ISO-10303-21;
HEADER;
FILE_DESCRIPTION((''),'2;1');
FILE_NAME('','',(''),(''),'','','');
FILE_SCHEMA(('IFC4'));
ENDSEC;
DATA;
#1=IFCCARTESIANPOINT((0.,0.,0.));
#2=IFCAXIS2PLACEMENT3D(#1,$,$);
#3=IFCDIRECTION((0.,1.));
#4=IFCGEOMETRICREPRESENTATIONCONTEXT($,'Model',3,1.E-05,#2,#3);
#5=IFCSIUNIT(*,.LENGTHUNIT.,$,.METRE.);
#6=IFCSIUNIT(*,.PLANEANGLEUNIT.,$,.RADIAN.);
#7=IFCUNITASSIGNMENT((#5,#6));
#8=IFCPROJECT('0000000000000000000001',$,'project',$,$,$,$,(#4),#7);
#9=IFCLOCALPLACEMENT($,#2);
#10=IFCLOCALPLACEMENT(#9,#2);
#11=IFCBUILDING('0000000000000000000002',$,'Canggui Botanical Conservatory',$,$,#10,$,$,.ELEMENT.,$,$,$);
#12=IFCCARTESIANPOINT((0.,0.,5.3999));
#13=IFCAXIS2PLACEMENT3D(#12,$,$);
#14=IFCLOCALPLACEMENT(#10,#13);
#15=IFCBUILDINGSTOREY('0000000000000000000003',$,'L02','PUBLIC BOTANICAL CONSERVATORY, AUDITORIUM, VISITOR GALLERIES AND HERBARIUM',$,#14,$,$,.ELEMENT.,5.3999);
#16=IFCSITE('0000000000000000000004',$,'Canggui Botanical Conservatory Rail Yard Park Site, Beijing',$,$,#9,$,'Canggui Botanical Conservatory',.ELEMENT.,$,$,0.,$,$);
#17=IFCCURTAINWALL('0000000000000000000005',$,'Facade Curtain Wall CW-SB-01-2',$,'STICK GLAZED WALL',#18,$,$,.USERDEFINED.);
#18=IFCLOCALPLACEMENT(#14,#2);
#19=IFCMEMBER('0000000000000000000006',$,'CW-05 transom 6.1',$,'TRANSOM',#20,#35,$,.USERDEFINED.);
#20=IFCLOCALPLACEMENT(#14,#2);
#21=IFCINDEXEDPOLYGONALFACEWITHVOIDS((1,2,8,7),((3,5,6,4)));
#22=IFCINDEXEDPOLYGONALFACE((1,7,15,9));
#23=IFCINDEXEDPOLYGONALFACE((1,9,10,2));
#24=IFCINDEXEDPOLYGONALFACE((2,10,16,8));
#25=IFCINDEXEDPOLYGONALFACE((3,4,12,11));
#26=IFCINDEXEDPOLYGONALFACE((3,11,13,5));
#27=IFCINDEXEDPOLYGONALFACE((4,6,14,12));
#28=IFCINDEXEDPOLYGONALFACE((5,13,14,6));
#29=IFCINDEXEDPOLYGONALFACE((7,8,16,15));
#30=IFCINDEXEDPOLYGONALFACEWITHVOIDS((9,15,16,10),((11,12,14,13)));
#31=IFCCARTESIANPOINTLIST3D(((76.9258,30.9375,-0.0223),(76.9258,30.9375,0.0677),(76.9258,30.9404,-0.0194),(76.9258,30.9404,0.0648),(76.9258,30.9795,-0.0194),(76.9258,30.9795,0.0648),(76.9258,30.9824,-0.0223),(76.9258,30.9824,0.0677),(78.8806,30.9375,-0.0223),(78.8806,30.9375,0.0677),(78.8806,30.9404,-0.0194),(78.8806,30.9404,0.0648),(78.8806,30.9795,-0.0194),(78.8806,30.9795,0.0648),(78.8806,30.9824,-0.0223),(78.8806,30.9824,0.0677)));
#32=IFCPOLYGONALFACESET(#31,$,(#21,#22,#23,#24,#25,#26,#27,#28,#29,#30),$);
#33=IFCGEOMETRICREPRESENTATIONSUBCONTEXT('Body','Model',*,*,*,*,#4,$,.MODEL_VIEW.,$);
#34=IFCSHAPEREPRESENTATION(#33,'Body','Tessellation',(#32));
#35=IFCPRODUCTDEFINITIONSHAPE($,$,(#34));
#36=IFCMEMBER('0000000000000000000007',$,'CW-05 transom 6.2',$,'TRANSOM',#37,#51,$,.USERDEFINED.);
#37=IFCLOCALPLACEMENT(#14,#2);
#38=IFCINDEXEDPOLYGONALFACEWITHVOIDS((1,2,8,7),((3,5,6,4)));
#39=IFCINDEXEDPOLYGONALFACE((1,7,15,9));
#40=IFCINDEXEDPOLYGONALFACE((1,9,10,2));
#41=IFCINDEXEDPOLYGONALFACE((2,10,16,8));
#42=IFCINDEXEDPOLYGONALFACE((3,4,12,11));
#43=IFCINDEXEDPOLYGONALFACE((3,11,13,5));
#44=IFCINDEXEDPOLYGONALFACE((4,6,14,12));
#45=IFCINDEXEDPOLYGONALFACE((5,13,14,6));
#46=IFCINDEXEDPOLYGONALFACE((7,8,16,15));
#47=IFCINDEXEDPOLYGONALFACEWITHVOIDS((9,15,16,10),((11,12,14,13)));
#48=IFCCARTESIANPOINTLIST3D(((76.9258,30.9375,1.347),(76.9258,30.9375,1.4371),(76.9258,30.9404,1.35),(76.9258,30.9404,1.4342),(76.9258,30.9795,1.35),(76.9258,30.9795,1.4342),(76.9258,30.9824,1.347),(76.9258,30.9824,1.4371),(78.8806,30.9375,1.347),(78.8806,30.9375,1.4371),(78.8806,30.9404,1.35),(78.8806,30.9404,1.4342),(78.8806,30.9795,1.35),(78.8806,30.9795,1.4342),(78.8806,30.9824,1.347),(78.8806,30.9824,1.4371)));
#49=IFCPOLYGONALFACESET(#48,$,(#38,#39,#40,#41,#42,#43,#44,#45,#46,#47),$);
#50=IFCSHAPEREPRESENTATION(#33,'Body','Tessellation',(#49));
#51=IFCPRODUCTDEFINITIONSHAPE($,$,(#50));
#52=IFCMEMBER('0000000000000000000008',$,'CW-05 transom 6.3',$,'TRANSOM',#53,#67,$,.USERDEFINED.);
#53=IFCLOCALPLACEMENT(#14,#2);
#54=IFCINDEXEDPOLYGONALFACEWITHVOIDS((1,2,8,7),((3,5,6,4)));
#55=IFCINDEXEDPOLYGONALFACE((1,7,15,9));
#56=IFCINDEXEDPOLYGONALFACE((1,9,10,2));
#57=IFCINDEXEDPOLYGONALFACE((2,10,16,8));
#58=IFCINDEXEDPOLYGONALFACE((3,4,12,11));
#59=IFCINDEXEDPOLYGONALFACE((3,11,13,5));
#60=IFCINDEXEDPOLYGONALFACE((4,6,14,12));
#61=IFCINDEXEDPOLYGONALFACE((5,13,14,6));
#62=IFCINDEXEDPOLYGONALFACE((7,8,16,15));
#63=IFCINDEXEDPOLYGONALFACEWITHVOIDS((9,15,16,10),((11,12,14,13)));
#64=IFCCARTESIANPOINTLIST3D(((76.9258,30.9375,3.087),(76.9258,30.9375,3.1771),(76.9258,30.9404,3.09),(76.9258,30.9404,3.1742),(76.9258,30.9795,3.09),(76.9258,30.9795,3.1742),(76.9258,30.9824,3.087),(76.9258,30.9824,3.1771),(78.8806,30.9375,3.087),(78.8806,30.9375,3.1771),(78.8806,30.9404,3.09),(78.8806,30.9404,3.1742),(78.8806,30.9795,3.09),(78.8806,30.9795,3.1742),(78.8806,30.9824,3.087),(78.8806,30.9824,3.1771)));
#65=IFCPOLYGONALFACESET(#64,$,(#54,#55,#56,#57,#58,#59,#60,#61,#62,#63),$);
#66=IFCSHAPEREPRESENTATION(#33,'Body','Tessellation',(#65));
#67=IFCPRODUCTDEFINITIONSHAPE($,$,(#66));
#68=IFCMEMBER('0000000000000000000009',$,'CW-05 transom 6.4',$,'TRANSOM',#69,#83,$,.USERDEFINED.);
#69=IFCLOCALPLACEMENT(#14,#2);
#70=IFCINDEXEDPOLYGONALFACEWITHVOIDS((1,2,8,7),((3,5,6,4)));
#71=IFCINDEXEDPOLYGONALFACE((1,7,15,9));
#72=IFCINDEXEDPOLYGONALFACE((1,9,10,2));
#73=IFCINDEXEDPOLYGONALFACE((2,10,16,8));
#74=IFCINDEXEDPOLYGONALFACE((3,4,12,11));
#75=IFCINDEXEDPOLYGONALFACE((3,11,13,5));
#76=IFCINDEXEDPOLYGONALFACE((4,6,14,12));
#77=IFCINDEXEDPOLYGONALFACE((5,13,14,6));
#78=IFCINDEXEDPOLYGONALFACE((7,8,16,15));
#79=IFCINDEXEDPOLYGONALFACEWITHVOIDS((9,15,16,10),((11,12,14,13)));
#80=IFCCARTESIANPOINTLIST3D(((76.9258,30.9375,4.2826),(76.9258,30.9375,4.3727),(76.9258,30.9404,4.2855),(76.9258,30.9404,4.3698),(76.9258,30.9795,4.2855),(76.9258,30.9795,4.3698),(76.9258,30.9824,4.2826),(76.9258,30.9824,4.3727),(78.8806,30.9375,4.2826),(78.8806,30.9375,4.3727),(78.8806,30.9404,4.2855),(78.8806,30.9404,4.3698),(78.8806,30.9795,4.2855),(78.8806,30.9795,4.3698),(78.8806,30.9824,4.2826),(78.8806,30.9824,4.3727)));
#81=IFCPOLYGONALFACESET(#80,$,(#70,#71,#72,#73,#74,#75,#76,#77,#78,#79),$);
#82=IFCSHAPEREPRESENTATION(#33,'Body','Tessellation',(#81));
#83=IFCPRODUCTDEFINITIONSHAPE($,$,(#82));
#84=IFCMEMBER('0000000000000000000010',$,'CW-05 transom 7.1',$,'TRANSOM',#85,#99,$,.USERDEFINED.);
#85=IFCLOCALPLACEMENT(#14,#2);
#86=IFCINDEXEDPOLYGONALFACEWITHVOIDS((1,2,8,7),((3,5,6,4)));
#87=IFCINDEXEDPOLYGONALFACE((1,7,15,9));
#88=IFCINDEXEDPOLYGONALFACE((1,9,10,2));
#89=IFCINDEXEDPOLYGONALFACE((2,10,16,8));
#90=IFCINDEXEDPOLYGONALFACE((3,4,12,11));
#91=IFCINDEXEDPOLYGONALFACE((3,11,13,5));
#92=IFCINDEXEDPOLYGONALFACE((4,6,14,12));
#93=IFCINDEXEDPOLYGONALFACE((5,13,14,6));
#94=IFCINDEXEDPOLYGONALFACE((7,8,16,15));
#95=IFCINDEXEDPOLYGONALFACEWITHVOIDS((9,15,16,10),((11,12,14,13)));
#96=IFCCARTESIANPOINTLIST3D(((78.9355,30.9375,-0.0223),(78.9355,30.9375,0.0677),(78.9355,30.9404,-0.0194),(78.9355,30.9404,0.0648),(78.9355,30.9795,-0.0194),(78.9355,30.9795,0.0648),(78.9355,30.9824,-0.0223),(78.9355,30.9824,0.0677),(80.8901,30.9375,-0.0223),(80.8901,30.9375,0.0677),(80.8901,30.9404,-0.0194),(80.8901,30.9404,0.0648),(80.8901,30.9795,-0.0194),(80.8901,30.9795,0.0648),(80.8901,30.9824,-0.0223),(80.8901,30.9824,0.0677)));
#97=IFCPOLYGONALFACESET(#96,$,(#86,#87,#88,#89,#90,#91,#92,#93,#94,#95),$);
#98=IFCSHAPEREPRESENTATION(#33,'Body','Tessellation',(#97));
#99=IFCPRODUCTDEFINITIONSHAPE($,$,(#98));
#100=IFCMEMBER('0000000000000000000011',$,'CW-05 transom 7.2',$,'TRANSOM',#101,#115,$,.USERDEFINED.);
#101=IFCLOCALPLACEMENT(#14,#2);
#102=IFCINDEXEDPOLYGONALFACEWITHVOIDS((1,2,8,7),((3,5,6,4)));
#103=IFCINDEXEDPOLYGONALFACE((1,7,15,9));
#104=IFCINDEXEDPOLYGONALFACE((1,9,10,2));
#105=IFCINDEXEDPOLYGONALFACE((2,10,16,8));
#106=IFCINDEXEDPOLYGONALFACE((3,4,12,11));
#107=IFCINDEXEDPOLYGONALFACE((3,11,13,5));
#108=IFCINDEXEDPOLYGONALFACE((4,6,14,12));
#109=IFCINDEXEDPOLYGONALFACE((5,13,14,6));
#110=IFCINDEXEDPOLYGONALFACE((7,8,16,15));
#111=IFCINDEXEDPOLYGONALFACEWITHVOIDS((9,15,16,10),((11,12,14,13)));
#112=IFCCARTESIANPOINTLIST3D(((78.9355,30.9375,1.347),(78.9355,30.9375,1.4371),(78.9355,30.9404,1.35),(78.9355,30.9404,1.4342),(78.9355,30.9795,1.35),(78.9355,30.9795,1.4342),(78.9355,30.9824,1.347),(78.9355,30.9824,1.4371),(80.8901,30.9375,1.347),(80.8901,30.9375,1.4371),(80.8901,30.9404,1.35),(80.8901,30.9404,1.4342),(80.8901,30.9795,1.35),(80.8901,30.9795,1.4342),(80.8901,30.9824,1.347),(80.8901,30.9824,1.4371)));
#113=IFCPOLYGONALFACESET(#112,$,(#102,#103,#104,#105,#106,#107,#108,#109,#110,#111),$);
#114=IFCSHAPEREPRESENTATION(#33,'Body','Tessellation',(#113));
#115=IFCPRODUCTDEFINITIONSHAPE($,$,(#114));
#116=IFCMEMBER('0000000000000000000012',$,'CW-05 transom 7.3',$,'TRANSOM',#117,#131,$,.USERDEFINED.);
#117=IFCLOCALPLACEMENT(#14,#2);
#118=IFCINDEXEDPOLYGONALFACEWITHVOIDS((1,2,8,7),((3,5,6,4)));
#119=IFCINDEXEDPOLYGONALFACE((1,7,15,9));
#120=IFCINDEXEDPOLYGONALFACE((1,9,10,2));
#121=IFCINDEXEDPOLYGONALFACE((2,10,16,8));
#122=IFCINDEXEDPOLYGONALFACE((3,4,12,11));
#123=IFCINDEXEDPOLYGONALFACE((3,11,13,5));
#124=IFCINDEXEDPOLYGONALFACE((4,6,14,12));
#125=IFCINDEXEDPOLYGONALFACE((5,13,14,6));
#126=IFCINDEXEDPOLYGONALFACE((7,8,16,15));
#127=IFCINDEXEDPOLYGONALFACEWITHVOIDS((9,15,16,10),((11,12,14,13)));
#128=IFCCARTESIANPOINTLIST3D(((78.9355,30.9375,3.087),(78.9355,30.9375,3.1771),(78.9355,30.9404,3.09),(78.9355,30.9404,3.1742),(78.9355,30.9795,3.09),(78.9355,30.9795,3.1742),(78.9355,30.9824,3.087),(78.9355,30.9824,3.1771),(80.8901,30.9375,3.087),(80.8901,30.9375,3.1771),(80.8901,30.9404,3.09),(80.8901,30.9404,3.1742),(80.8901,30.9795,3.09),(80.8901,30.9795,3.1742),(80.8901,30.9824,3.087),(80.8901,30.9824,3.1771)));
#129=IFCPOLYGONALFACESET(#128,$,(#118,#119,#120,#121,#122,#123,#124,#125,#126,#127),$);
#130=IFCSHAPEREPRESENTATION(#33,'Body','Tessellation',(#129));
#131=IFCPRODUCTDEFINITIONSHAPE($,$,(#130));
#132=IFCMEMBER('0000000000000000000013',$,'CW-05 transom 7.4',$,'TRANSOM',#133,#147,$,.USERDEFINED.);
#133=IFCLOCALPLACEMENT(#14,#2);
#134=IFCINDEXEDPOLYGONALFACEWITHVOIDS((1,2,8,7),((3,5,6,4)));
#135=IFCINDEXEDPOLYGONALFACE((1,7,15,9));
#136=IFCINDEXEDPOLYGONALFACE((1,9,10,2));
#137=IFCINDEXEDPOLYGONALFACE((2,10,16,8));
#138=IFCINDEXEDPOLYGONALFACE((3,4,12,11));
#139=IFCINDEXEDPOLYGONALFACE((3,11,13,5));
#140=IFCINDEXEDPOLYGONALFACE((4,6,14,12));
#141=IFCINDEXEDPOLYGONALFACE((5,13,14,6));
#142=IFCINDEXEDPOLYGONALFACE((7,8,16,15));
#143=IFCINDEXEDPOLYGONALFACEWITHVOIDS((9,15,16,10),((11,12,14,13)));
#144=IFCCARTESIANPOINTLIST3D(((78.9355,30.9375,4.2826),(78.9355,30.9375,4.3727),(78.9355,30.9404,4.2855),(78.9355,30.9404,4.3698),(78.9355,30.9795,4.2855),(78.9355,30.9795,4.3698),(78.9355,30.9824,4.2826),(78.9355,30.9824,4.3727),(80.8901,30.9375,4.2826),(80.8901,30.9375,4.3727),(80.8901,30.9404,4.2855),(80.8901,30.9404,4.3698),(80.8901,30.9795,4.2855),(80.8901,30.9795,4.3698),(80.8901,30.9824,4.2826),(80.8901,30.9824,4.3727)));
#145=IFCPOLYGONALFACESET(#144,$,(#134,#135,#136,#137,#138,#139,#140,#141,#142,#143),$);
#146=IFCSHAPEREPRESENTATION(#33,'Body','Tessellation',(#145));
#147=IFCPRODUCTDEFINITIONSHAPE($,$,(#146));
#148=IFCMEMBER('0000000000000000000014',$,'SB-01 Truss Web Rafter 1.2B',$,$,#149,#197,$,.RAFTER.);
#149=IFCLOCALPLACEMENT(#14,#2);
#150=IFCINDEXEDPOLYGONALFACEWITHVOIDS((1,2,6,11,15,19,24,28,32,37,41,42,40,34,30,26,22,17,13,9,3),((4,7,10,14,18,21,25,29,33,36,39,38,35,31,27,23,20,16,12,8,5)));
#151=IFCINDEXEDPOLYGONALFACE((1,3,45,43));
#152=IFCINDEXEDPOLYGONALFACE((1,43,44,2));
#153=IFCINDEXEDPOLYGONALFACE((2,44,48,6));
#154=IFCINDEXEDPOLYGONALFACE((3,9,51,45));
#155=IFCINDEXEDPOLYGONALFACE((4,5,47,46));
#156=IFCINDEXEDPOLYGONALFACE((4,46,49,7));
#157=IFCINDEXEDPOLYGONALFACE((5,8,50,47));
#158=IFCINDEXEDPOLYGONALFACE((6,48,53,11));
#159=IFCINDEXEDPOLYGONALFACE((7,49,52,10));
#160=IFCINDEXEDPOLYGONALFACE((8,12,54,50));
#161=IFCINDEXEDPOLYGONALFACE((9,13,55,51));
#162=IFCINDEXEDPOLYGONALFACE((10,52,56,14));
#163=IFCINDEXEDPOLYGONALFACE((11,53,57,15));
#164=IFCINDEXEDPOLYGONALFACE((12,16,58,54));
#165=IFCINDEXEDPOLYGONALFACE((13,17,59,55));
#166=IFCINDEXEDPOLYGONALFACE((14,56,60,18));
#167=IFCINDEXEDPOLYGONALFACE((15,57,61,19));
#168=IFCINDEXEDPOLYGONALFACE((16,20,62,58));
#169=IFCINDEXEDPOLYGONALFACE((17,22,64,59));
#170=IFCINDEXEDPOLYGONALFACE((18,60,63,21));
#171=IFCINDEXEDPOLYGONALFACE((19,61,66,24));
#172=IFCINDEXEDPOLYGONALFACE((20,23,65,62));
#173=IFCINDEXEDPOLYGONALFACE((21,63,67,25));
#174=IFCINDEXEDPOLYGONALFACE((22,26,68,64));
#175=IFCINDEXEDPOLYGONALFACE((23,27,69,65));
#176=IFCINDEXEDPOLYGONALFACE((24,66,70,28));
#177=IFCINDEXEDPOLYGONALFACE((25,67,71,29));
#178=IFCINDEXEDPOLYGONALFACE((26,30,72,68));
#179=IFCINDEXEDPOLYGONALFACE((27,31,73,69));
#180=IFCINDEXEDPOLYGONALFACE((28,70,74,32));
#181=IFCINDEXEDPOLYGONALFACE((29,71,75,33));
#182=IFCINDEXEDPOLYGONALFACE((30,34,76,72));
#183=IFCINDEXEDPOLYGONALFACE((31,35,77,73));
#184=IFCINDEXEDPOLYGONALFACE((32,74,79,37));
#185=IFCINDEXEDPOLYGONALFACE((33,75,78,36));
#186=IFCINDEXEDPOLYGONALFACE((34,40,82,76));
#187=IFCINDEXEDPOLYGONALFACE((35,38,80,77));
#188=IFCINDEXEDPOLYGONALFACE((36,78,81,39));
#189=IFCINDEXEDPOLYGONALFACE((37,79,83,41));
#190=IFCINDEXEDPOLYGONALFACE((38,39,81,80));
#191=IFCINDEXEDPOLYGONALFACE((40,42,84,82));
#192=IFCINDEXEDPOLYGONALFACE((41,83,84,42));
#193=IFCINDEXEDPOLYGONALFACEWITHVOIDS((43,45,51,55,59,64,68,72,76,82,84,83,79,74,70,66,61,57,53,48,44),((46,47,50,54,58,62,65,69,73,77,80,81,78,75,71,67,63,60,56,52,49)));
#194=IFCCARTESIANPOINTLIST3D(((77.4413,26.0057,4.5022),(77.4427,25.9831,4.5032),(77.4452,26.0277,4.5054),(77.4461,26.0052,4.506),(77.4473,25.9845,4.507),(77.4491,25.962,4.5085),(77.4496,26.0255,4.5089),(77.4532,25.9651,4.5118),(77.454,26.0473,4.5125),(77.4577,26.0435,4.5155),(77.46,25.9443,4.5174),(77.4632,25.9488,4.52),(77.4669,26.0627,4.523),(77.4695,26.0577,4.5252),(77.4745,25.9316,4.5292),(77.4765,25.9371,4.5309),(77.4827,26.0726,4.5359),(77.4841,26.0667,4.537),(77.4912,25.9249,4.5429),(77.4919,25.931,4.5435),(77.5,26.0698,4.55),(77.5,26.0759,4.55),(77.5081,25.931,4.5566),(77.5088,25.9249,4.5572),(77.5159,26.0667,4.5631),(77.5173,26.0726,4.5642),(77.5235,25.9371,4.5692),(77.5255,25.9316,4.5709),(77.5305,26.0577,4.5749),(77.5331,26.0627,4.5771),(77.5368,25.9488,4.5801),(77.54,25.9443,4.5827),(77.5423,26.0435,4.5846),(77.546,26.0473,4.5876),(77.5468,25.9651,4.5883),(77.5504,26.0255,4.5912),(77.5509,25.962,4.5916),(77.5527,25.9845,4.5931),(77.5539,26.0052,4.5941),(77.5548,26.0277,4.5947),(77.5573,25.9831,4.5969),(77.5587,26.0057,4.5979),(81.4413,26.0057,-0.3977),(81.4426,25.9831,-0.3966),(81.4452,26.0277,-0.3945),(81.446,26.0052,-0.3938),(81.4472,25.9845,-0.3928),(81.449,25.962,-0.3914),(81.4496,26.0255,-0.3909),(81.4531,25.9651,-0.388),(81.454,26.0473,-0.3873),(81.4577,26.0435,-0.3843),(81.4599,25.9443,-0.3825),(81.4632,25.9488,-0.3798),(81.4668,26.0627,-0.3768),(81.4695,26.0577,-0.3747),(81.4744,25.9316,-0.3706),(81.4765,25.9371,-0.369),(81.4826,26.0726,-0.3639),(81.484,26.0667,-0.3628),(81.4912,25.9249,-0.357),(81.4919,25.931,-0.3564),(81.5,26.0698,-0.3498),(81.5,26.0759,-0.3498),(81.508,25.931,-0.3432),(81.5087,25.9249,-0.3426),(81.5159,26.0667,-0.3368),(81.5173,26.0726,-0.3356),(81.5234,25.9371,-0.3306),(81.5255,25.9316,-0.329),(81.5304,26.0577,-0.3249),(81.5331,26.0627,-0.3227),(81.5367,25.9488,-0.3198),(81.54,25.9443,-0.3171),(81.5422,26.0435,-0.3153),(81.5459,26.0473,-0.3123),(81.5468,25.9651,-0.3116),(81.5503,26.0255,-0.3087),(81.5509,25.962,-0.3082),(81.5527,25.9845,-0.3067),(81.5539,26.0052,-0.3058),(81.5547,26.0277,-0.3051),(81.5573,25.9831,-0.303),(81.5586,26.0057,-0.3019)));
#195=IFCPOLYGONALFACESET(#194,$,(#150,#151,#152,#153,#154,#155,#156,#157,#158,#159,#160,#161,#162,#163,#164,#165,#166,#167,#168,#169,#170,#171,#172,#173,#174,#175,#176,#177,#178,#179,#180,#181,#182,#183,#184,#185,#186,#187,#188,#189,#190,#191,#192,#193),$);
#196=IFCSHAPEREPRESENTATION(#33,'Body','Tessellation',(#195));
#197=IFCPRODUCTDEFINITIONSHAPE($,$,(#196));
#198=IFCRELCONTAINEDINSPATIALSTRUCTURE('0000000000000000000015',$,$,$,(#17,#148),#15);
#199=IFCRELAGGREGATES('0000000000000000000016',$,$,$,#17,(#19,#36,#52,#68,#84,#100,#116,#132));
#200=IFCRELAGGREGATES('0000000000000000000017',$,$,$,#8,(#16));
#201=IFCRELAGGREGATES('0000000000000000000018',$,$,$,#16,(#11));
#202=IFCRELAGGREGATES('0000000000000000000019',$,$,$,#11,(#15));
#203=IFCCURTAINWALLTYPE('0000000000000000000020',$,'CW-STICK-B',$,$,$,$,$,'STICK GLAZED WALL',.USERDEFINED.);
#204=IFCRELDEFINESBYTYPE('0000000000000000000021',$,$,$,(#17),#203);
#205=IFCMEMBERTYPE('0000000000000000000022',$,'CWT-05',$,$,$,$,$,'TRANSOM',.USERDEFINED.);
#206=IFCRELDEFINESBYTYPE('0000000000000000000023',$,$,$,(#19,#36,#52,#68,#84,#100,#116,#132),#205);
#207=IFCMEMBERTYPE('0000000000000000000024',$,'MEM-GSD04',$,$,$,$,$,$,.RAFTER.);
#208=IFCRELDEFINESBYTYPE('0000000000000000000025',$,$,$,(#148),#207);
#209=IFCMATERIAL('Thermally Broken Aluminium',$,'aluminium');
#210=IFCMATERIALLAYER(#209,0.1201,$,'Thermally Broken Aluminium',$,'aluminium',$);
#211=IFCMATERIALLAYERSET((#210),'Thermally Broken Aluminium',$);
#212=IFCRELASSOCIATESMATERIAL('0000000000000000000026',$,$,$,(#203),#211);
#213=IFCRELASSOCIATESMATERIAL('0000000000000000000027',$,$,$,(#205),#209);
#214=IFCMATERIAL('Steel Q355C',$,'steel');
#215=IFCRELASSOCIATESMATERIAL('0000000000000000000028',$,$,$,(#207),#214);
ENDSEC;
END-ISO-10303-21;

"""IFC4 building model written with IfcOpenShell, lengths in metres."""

from ifc_helpers import new_model, si_unit, direction, frame, origin, origin_2d, place, context, subcontext, project, spatial, hollow_rectangle, hollow_circle, extrude, material, layer, layer_set, material_profile, profile_set, type_object, element, aggregate, save


model = new_model("IFC4")

# Units and contexts
model_context = context("Model", 3, precision=1e-05, world=origin(), true_north=direction((0.0, 1.0)))
body_context = subcontext(model_context, "Body", "Model", "MODEL_VIEW")
ifc_project = project(units=[si_unit("LENGTHUNIT", "METRE"), si_unit("PLANEANGLEUNIT", "RADIAN")], contexts=[model_context])

# Site, building, storey
site_placement = place(None, origin())
site = spatial("IfcSite", under=ifc_project, at=site_placement, Name="Canggui Botanical Conservatory Rail Yard Park Site, Beijing", LongName="Canggui Botanical Conservatory", CompositionType="ELEMENT", RefElevation=0.0)
building_placement = place(site_placement, origin())
building = spatial("IfcBuilding", under=site, at=building_placement, Name="Canggui Botanical Conservatory", CompositionType="ELEMENT")
storey_placement = place(building_placement, frame((0.0, 0.0, 5.3999)))
storey = spatial("IfcBuildingStorey", under=building, at=storey_placement, Name="L02", Description="PUBLIC BOTANICAL CONSERVATORY, AUDITORIUM, VISITOR GALLERIES AND HERBARIUM", CompositionType="ELEMENT", Elevation=5.3999)

# Curtain wall
ifc_material_1 = material(Name="Thermally Broken Aluminium", Category="aluminium")
ifc_layer_1 = layer(ifc_material_1, 0.1201, Name="Thermally Broken Aluminium", Category="aluminium")
ifc_layer_set_1 = layer_set([ifc_layer_1], Name="Thermally Broken Aluminium")
curtain_wall_type = type_object("IfcCurtainWallType", Name="CW-STICK-B", ElementType="STICK GLAZED WALL", PredefinedType="USERDEFINED", material=ifc_layer_set_1)
curtain_wall_1_placement = place(storey_placement, origin())
curtain_wall_1 = element("IfcCurtainWall", 1, at=curtain_wall_1_placement, inside=storey, type_object=curtain_wall_type, Name="Facade Curtain Wall CW-SB-01-2", ObjectType="STICK GLAZED WALL", PredefinedType="USERDEFINED")

# Members
ifc_material_profile_1 = material_profile(ifc_material_1, hollow_rectangle(XDim=0.0449, YDim=0.0901, WallThickness=0.0029, at=origin_2d()), Name="CWT 45x90x3")
ifc_profile_set_1 = profile_set([ifc_material_profile_1], Name="Thermally Broken Aluminium")
member_type_1 = type_object("IfcMemberType", Name="CWT-05", ElementType="TRANSOM", PredefinedType="USERDEFINED", material=ifc_profile_set_1)
member_1_placement = place(storey_placement, frame((76.9258, 30.96, 0.0227), z_axis=(1.0, 0.0, 0.0), x_axis=(0.0, 1.0, 0.0)))
member_1 = element("IfcMember", 2, at=member_1_placement, type_object=member_type_1, Name="CW-05 transom 6.1", ObjectType="TRANSOM", PredefinedType="USERDEFINED", context=body_context, shape_type="SweptSolid", body=[
    extrude(hollow_rectangle(XDim=0.0449, YDim=0.0901, WallThickness=0.0029, at=origin_2d()), origin(), (0.0, 0.0, 1.0), 1.9548),
])
member_2_placement = place(storey_placement, frame((76.9258, 30.96, 1.3921), z_axis=(1.0, 0.0, 0.0), x_axis=(0.0, 1.0, 0.0)))
member_2 = element("IfcMember", 3, at=member_2_placement, type_object=member_type_1, Name="CW-05 transom 6.2", ObjectType="TRANSOM", PredefinedType="USERDEFINED", context=body_context, shape_type="SweptSolid", body=[
    extrude(hollow_rectangle(XDim=0.0449, YDim=0.0901, WallThickness=0.0029, at=origin_2d()), origin(), (0.0, 0.0, 1.0), 1.9548),
])
member_3_placement = place(storey_placement, frame((76.9258, 30.96, 3.1321), z_axis=(1.0, 0.0, 0.0), x_axis=(0.0, 1.0, 0.0)))
member_3 = element("IfcMember", 4, at=member_3_placement, type_object=member_type_1, Name="CW-05 transom 6.3", ObjectType="TRANSOM", PredefinedType="USERDEFINED", context=body_context, shape_type="SweptSolid", body=[
    extrude(hollow_rectangle(XDim=0.0449, YDim=0.0901, WallThickness=0.0029, at=origin_2d()), origin(), (0.0, 0.0, 1.0), 1.9548),
])
member_4_placement = place(storey_placement, frame((76.9258, 30.96, 4.3276), z_axis=(1.0, 0.0, 0.0), x_axis=(0.0, 1.0, 0.0)))
member_4 = element("IfcMember", 5, at=member_4_placement, type_object=member_type_1, Name="CW-05 transom 6.4", ObjectType="TRANSOM", PredefinedType="USERDEFINED", context=body_context, shape_type="SweptSolid", body=[
    extrude(hollow_rectangle(XDim=0.0449, YDim=0.0901, WallThickness=0.0029, at=origin_2d()), origin(), (0.0, 0.0, 1.0), 1.9548),
])
member_5_placement = place(storey_placement, frame((78.9355, 30.96, 0.0227), z_axis=(1.0, 0.0, 0.0), x_axis=(0.0, 1.0, 0.0)))
member_5 = element("IfcMember", 6, at=member_5_placement, type_object=member_type_1, Name="CW-05 transom 7.1", ObjectType="TRANSOM", PredefinedType="USERDEFINED", context=body_context, shape_type="SweptSolid", body=[
    extrude(hollow_rectangle(XDim=0.0449, YDim=0.0901, WallThickness=0.0029, at=origin_2d()), origin(), (0.0, 0.0, 1.0), 1.9546),
])
member_6_placement = place(storey_placement, frame((78.9355, 30.96, 1.3921), z_axis=(1.0, 0.0, 0.0), x_axis=(0.0, 1.0, 0.0)))
member_6 = element("IfcMember", 7, at=member_6_placement, type_object=member_type_1, Name="CW-05 transom 7.2", ObjectType="TRANSOM", PredefinedType="USERDEFINED", context=body_context, shape_type="SweptSolid", body=[
    extrude(hollow_rectangle(XDim=0.0449, YDim=0.0901, WallThickness=0.0029, at=origin_2d()), origin(), (0.0, 0.0, 1.0), 1.9546),
])
member_7_placement = place(storey_placement, frame((78.9355, 30.96, 3.1321), z_axis=(1.0, 0.0, 0.0), x_axis=(0.0, 1.0, 0.0)))
member_7 = element("IfcMember", 8, at=member_7_placement, type_object=member_type_1, Name="CW-05 transom 7.3", ObjectType="TRANSOM", PredefinedType="USERDEFINED", context=body_context, shape_type="SweptSolid", body=[
    extrude(hollow_rectangle(XDim=0.0449, YDim=0.0901, WallThickness=0.0029, at=origin_2d()), origin(), (0.0, 0.0, 1.0), 1.9546),
])
member_8_placement = place(storey_placement, frame((78.9355, 30.96, 4.3276), z_axis=(1.0, 0.0, 0.0), x_axis=(0.0, 1.0, 0.0)))
member_8 = element("IfcMember", 9, at=member_8_placement, type_object=member_type_1, Name="CW-05 transom 7.4", ObjectType="TRANSOM", PredefinedType="USERDEFINED", context=body_context, shape_type="SweptSolid", body=[
    extrude(hollow_rectangle(XDim=0.0449, YDim=0.0901, WallThickness=0.0029, at=origin_2d()), origin(), (0.0, 0.0, 1.0), 1.9546),
])
ifc_material_2 = material(Name="Steel Q355C", Category="steel")
ifc_material_profile_2 = material_profile(ifc_material_2, hollow_circle(Radius=0.0759, WallThickness=0.0061, at=origin_2d()), Name="CHS 152x6")
ifc_profile_set_2 = profile_set([ifc_material_profile_2], Name="Steel Q355C")
member_type_2 = type_object("IfcMemberType", Name="MEM-GSD04", PredefinedType="RAFTER", material=ifc_profile_set_2)
member_9_placement = place(storey_placement, frame((77.5, 26.0, 4.55), z_axis=(0.632384, 0.0, -0.774655), x_axis=(0.0, 1.0, 0.0)))
element("IfcMember", 10, at=member_9_placement, inside=storey, type_object=member_type_2, Name="SB-01 Truss Web Rafter 1.2B", PredefinedType="RAFTER", context=body_context, shape_type="SweptSolid", body=[
    extrude(hollow_circle(Radius=0.0759, WallThickness=0.0061, at=origin_2d()), origin(), (0.0, 0.0, 1.0), 6.3252),
])

aggregate(curtain_wall_1, [member_1, member_2, member_3, member_4, member_5, member_6, member_7, member_8])

save(model, "model.ifc")
